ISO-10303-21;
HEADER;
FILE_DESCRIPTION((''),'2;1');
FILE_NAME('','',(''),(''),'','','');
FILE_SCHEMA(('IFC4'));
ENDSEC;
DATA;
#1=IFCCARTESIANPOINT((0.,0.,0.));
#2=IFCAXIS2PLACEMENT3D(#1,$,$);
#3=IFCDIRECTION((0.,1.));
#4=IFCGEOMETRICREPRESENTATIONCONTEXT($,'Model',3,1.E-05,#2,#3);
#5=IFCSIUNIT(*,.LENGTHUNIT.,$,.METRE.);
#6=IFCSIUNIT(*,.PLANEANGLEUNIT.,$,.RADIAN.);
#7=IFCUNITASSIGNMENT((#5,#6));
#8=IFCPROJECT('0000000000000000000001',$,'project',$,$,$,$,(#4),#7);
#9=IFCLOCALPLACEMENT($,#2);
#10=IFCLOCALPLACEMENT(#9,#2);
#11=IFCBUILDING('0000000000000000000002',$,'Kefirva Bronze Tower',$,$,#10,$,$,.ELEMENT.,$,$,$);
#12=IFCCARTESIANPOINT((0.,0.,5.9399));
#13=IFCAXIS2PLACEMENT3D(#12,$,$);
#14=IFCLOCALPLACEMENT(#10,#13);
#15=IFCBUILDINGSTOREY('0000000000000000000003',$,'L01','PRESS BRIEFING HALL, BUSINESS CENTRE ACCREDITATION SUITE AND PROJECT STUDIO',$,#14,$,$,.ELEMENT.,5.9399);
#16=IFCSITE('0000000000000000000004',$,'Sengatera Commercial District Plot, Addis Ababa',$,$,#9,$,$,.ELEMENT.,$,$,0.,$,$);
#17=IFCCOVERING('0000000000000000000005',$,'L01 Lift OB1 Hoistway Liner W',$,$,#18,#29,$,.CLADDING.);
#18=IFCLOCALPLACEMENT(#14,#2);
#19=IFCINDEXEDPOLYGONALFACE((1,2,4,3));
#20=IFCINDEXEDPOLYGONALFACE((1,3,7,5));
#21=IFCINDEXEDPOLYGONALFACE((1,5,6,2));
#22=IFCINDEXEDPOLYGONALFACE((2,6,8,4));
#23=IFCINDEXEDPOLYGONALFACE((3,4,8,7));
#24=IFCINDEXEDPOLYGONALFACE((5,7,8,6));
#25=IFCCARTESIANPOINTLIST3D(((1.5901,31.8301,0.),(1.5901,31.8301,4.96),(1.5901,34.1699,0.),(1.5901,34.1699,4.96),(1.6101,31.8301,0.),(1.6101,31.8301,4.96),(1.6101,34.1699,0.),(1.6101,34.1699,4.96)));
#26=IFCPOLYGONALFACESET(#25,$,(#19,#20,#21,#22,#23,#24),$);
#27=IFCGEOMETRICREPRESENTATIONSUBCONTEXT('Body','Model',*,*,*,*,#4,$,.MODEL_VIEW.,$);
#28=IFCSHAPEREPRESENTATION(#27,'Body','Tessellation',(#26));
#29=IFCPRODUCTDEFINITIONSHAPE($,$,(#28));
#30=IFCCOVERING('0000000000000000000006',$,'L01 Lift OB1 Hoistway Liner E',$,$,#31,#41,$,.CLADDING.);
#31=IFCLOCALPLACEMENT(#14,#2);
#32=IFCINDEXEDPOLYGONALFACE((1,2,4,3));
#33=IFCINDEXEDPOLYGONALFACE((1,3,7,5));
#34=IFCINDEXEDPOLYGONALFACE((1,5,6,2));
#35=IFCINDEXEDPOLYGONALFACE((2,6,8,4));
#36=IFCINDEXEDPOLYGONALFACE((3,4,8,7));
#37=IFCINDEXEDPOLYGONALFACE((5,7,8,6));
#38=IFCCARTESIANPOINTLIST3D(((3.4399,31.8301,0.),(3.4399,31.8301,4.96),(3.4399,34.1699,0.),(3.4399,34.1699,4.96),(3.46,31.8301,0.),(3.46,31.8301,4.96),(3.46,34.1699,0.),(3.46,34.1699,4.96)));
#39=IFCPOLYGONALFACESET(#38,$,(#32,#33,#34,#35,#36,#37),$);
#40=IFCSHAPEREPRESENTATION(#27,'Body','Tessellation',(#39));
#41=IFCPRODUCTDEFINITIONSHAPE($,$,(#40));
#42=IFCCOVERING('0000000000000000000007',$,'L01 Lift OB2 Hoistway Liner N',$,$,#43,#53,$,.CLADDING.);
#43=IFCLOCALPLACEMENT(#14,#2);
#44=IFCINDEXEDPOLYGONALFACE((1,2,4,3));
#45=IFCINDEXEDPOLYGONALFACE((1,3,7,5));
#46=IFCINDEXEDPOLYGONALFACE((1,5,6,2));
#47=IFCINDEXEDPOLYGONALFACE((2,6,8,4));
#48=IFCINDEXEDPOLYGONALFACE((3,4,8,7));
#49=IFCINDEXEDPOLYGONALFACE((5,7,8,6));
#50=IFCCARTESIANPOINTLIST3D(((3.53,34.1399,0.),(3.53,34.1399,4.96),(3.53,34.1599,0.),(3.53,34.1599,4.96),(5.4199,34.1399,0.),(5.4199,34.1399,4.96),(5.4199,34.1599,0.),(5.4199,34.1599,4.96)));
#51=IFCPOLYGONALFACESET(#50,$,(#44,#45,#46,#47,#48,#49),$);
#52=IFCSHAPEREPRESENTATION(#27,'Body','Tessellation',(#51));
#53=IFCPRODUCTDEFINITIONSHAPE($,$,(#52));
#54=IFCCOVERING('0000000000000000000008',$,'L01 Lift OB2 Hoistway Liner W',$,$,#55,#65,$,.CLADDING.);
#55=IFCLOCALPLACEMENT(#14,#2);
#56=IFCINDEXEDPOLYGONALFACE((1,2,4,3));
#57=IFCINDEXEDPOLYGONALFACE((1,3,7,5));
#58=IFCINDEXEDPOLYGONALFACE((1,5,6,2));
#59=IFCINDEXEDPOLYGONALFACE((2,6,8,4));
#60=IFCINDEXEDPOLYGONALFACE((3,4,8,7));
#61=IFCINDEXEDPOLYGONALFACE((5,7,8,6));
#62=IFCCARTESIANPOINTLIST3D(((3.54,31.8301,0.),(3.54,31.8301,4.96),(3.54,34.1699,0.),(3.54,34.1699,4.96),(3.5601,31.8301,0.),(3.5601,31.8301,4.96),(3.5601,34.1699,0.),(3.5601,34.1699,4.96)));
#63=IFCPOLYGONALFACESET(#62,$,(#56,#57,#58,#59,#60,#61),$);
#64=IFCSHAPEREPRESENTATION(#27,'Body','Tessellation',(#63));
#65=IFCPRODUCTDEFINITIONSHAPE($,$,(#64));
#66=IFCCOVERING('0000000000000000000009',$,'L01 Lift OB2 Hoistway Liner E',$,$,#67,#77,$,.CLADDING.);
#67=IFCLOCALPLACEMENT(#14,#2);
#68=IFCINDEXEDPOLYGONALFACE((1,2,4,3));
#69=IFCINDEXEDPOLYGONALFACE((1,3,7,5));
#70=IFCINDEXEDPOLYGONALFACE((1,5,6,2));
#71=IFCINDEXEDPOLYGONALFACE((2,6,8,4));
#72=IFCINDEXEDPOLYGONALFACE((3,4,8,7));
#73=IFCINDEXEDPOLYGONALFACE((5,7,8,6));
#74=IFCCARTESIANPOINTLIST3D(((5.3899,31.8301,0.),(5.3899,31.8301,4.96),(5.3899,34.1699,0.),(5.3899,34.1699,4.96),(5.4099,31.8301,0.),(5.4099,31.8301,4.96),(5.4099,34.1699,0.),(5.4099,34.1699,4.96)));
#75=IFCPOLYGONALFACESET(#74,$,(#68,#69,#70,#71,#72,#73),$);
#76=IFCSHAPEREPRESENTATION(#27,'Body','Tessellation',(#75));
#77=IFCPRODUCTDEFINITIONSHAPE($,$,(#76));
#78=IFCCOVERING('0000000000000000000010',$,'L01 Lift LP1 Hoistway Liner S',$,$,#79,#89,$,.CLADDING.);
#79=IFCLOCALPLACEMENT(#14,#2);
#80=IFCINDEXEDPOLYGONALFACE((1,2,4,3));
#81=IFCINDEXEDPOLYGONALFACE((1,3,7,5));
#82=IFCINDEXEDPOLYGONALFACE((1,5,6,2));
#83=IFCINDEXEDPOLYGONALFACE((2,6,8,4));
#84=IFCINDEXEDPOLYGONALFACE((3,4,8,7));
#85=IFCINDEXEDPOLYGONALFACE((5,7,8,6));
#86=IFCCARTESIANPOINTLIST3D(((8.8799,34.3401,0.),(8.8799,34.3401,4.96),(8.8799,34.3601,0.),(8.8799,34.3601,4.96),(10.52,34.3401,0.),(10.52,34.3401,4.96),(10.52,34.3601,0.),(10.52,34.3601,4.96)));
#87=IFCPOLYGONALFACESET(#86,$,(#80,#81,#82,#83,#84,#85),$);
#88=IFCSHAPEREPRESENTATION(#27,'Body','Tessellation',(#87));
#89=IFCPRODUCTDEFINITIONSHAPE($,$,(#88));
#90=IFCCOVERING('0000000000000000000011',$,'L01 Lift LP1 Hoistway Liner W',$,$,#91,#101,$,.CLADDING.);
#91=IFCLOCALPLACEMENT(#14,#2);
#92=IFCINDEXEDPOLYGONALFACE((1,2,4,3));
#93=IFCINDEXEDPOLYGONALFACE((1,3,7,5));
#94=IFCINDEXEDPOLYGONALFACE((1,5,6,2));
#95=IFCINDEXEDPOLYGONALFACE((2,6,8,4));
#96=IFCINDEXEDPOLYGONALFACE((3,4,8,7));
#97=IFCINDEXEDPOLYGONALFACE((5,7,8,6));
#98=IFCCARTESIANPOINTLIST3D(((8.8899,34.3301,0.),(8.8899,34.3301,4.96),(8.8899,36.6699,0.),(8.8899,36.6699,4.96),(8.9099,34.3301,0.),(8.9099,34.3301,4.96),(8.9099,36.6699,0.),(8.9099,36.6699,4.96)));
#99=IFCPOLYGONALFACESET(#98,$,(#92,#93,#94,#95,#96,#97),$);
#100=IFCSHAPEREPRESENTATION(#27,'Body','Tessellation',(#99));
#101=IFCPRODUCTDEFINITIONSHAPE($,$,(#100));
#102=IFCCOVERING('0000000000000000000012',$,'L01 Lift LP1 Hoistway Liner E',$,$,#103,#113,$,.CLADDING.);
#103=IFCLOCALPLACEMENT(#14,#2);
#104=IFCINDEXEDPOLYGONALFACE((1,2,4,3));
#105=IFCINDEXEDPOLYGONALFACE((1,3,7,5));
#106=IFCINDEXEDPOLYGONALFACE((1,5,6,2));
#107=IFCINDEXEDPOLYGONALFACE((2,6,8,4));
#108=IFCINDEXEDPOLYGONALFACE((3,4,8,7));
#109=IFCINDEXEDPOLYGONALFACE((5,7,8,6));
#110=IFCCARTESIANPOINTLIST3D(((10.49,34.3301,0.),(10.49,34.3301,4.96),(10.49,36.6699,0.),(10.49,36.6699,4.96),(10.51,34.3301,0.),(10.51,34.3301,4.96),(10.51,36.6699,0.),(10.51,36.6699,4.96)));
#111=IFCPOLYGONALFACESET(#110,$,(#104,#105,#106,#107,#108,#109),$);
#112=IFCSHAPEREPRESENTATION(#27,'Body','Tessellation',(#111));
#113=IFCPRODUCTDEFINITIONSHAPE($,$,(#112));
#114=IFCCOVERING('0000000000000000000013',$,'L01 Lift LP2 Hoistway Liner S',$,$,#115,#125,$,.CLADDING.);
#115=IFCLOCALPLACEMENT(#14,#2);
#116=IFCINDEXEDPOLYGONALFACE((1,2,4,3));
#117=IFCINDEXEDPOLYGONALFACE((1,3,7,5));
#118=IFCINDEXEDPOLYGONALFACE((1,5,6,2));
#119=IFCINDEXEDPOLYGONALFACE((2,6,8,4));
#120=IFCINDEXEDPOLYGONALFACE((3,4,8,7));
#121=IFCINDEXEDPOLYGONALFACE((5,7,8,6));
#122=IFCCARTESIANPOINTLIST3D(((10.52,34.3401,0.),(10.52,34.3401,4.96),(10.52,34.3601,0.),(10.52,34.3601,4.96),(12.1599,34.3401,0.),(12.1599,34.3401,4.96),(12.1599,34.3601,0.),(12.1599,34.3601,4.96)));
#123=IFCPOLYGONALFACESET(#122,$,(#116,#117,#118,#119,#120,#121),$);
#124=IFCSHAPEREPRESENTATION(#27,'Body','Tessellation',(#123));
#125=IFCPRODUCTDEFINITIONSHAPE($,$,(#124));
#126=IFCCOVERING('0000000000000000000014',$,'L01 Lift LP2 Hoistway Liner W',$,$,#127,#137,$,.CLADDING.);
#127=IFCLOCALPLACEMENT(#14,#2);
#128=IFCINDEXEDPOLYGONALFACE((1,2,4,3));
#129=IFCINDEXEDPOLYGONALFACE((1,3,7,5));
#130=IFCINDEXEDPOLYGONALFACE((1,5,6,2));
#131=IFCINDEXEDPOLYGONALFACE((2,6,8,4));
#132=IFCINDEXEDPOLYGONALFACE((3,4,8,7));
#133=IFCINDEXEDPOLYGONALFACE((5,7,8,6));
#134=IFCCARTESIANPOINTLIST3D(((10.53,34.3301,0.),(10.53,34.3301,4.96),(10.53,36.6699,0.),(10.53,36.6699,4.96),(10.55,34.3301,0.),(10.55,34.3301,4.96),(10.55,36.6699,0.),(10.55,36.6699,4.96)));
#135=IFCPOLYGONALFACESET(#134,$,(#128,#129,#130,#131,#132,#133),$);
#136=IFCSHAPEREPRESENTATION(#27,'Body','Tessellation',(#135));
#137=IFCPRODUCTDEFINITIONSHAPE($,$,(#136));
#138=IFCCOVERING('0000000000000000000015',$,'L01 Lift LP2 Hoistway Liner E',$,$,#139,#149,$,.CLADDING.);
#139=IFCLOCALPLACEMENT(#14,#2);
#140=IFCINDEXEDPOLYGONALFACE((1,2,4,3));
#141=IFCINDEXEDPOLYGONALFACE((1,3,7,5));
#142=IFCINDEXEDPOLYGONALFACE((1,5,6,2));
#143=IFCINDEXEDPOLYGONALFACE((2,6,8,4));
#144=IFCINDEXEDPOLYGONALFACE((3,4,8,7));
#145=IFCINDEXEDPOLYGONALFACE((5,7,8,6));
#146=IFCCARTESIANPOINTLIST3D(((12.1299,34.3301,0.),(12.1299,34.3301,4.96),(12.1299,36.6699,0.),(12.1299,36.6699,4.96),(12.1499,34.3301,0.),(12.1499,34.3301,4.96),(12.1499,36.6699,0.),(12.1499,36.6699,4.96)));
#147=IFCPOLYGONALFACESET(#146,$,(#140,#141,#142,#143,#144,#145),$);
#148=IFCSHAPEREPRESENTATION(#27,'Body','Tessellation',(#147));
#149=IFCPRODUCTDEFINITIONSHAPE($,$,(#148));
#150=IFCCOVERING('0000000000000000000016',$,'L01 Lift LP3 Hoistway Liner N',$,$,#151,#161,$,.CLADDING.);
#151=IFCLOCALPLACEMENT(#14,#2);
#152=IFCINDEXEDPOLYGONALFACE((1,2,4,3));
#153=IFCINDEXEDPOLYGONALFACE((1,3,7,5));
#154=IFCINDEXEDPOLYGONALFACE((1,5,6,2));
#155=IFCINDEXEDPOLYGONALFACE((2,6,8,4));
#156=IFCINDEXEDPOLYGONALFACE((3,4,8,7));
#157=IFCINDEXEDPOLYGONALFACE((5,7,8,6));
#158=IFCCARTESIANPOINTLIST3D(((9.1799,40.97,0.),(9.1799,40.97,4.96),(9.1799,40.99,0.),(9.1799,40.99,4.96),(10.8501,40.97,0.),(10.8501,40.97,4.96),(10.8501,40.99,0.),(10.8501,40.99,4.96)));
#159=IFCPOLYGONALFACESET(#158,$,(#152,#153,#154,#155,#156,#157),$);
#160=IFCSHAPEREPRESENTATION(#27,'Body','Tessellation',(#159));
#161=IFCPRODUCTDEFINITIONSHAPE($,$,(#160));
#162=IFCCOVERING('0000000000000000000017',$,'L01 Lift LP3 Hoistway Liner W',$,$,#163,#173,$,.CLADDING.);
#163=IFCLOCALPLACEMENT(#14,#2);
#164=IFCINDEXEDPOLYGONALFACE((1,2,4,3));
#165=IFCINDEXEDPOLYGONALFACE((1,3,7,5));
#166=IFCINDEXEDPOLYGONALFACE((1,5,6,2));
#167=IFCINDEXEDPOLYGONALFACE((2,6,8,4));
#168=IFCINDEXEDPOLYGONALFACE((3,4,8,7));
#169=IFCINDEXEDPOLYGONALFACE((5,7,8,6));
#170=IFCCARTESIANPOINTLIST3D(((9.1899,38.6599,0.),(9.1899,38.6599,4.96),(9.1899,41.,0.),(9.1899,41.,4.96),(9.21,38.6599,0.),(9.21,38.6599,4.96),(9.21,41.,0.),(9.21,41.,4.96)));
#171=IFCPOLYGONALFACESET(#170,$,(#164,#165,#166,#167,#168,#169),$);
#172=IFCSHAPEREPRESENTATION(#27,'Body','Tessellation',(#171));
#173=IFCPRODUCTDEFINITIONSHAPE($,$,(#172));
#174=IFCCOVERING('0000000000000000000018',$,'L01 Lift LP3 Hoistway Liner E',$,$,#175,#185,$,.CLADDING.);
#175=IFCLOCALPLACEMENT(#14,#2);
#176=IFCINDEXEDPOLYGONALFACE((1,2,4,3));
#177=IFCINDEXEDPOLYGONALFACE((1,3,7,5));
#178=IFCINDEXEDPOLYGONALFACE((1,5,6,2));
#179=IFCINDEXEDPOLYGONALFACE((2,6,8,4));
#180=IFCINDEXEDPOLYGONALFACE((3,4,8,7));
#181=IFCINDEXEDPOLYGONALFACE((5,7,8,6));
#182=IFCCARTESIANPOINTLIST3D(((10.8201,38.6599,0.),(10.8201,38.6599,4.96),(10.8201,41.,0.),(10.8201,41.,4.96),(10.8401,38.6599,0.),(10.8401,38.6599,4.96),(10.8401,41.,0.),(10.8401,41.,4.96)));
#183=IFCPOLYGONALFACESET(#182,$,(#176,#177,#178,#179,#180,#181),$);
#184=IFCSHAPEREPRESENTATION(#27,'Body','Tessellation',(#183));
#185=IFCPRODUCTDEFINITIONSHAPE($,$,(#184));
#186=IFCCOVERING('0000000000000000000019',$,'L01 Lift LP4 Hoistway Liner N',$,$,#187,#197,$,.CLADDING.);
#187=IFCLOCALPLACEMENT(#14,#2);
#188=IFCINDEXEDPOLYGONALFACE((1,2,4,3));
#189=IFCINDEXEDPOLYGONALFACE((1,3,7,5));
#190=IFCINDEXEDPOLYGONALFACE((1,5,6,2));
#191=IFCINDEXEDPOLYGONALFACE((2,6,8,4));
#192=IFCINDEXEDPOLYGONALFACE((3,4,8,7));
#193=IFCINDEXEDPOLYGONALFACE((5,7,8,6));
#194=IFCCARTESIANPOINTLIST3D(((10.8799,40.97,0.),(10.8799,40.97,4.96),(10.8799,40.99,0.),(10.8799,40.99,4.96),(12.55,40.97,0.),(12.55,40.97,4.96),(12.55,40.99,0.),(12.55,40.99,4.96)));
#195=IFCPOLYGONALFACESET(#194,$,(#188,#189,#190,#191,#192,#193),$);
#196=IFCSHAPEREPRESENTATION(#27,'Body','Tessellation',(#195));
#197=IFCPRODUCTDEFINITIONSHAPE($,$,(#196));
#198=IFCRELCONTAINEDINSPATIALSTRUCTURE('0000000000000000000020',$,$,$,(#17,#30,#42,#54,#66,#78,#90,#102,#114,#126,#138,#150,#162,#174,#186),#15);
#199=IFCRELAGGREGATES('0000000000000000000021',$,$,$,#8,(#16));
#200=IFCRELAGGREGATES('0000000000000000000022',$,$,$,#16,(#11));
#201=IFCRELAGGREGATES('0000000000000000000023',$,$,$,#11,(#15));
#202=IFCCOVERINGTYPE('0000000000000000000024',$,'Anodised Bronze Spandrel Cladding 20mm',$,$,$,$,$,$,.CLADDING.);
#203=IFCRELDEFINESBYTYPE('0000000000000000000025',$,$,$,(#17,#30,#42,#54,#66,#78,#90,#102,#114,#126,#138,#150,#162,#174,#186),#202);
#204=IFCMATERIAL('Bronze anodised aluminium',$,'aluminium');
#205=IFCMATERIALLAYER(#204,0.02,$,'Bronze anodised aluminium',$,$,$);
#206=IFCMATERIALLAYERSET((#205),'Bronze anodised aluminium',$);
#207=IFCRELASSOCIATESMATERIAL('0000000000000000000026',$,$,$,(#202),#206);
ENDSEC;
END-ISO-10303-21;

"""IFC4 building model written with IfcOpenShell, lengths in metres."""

from ifc_helpers import new_model, si_unit, direction, frame, origin, place, context, subcontext, project, spatial, polyline, outline, extrude, material, layer, layer_set, type_object, element, save


model = new_model("IFC4")

# Units and contexts
model_context = context("Model", 3, precision=1e-05, world=origin(), true_north=direction((0.0, 1.0)))
body_context = subcontext(model_context, "Body", "Model", "MODEL_VIEW")
ifc_project = project(units=[si_unit("LENGTHUNIT", "METRE"), si_unit("PLANEANGLEUNIT", "RADIAN")], contexts=[model_context])

# Site, building, storey
site_placement = place(None, origin())
site = spatial("IfcSite", under=ifc_project, at=site_placement, Name="Sengatera Commercial District Plot, Addis Ababa", CompositionType="ELEMENT", RefElevation=0.0)
building_placement = place(site_placement, origin())
building = spatial("IfcBuilding", under=site, at=building_placement, Name="Kefirva Bronze Tower", CompositionType="ELEMENT")
storey_placement = place(building_placement, frame((0.0, 0.0, 5.9399)))
storey = spatial("IfcBuildingStorey", under=building, at=storey_placement, Name="L01", Description="PRESS BRIEFING HALL, BUSINESS CENTRE ACCREDITATION SUITE AND PROJECT STUDIO", CompositionType="ELEMENT", Elevation=5.9399)

# Coverings
ifc_material_1 = material(Name="Bronze anodised aluminium", Category="aluminium")
ifc_layer_1 = layer(ifc_material_1, 0.02, Name="Bronze anodised aluminium")
ifc_layer_set_1 = layer_set([ifc_layer_1], Name="Bronze anodised aluminium")
covering_type_1 = type_object("IfcCoveringType", Name="Anodised Bronze Spandrel Cladding 20mm", PredefinedType="CLADDING", material=ifc_layer_set_1)
covering_1_placement = place(storey_placement, origin())
element("IfcCovering", 1, at=covering_1_placement, inside=storey, type_object=covering_type_1, Name="L01 Lift OB1 Hoistway Liner W", PredefinedType="CLADDING", context=body_context, shape_type="SweptSolid", body=[
    extrude(outline(polyline([(1.5901, 31.8301), (1.6101, 31.8301), (1.6101, 34.1699), (1.5901, 34.1699), (1.5901, 31.8301)])), origin(), (0.0, 0.0, 1.0), 4.96),
])
covering_2_placement = place(storey_placement, origin())
element("IfcCovering", 2, at=covering_2_placement, inside=storey, type_object=covering_type_1, Name="L01 Lift OB1 Hoistway Liner E", PredefinedType="CLADDING", context=body_context, shape_type="SweptSolid", body=[
    extrude(outline(polyline([(3.4399, 31.8301), (3.46, 31.8301), (3.46, 34.1699), (3.4399, 34.1699), (3.4399, 31.8301)])), origin(), (0.0, 0.0, 1.0), 4.96),
])
covering_3_placement = place(storey_placement, origin())
element("IfcCovering", 3, at=covering_3_placement, inside=storey, type_object=covering_type_1, Name="L01 Lift OB2 Hoistway Liner N", PredefinedType="CLADDING", context=body_context, shape_type="SweptSolid", body=[
    extrude(outline(polyline([(3.53, 34.1399), (5.4199, 34.1399), (5.4199, 34.1599), (3.53, 34.1599), (3.53, 34.1399)])), origin(), (0.0, 0.0, 1.0), 4.96),
])
covering_4_placement = place(storey_placement, origin())
element("IfcCovering", 4, at=covering_4_placement, inside=storey, type_object=covering_type_1, Name="L01 Lift OB2 Hoistway Liner W", PredefinedType="CLADDING", context=body_context, shape_type="SweptSolid", body=[
    extrude(outline(polyline([(3.54, 31.8301), (3.5601, 31.8301), (3.5601, 34.1699), (3.54, 34.1699), (3.54, 31.8301)])), origin(), (0.0, 0.0, 1.0), 4.96),
])
covering_5_placement = place(storey_placement, origin())
element("IfcCovering", 5, at=covering_5_placement, inside=storey, type_object=covering_type_1, Name="L01 Lift OB2 Hoistway Liner E", PredefinedType="CLADDING", context=body_context, shape_type="SweptSolid", body=[
    extrude(outline(polyline([(5.3899, 31.8301), (5.4099, 31.8301), (5.4099, 34.1699), (5.3899, 34.1699), (5.3899, 31.8301)])), origin(), (0.0, 0.0, 1.0), 4.96),
])
covering_6_placement = place(storey_placement, origin())
element("IfcCovering", 6, at=covering_6_placement, inside=storey, type_object=covering_type_1, Name="L01 Lift LP1 Hoistway Liner S", PredefinedType="CLADDING", context=body_context, shape_type="SweptSolid", body=[
    extrude(outline(polyline([(8.8799, 34.3401), (10.52, 34.3401), (10.52, 34.3601), (8.8799, 34.3601), (8.8799, 34.3401)])), origin(), (0.0, 0.0, 1.0), 4.96),
])
covering_7_placement = place(storey_placement, origin())
element("IfcCovering", 7, at=covering_7_placement, inside=storey, type_object=covering_type_1, Name="L01 Lift LP1 Hoistway Liner W", PredefinedType="CLADDING", context=body_context, shape_type="SweptSolid", body=[
    extrude(outline(polyline([(8.8899, 34.3301), (8.9099, 34.3301), (8.9099, 36.6699), (8.8899, 36.6699), (8.8899, 34.3301)])), origin(), (0.0, 0.0, 1.0), 4.96),
])
covering_8_placement = place(storey_placement, origin())
element("IfcCovering", 8, at=covering_8_placement, inside=storey, type_object=covering_type_1, Name="L01 Lift LP1 Hoistway Liner E", PredefinedType="CLADDING", context=body_context, shape_type="SweptSolid", body=[
    extrude(outline(polyline([(10.49, 34.3301), (10.51, 34.3301), (10.51, 36.6699), (10.49, 36.6699), (10.49, 34.3301)])), origin(), (0.0, 0.0, 1.0), 4.96),
])
covering_9_placement = place(storey_placement, origin())
element("IfcCovering", 9, at=covering_9_placement, inside=storey, type_object=covering_type_1, Name="L01 Lift LP2 Hoistway Liner S", PredefinedType="CLADDING", context=body_context, shape_type="SweptSolid", body=[
    extrude(outline(polyline([(10.52, 34.3401), (12.1599, 34.3401), (12.1599, 34.3601), (10.52, 34.3601), (10.52, 34.3401)])), origin(), (0.0, 0.0, 1.0), 4.96),
])
covering_10_placement = place(storey_placement, origin())
element("IfcCovering", 10, at=covering_10_placement, inside=storey, type_object=covering_type_1, Name="L01 Lift LP2 Hoistway Liner W", PredefinedType="CLADDING", context=body_context, shape_type="SweptSolid", body=[
    extrude(outline(polyline([(10.53, 34.3301), (10.55, 34.3301), (10.55, 36.6699), (10.53, 36.6699), (10.53, 34.3301)])), origin(), (0.0, 0.0, 1.0), 4.96),
])
covering_11_placement = place(storey_placement, origin())
element("IfcCovering", 11, at=covering_11_placement, inside=storey, type_object=covering_type_1, Name="L01 Lift LP2 Hoistway Liner E", PredefinedType="CLADDING", context=body_context, shape_type="SweptSolid", body=[
    extrude(outline(polyline([(12.1299, 34.3301), (12.1499, 34.3301), (12.1499, 36.6699), (12.1299, 36.6699), (12.1299, 34.3301)])), origin(), (0.0, 0.0, 1.0), 4.96),
])
covering_12_placement = place(storey_placement, origin())
element("IfcCovering", 12, at=covering_12_placement, inside=storey, type_object=covering_type_1, Name="L01 Lift LP3 Hoistway Liner N", PredefinedType="CLADDING", context=body_context, shape_type="SweptSolid", body=[
    extrude(outline(polyline([(9.1799, 40.97), (10.8501, 40.97), (10.8501, 40.99), (9.1799, 40.99), (9.1799, 40.97)])), origin(), (0.0, 0.0, 1.0), 4.96),
])
covering_13_placement = place(storey_placement, origin())
element("IfcCovering", 13, at=covering_13_placement, inside=storey, type_object=covering_type_1, Name="L01 Lift LP3 Hoistway Liner W", PredefinedType="CLADDING", context=body_context, shape_type="SweptSolid", body=[
    extrude(outline(polyline([(9.1899, 38.6599), (9.21, 38.6599), (9.21, 41.0), (9.1899, 41.0), (9.1899, 38.6599)])), origin(), (0.0, 0.0, 1.0), 4.96),
])
covering_14_placement = place(storey_placement, origin())
element("IfcCovering", 14, at=covering_14_placement, inside=storey, type_object=covering_type_1, Name="L01 Lift LP3 Hoistway Liner E", PredefinedType="CLADDING", context=body_context, shape_type="SweptSolid", body=[
    extrude(outline(polyline([(10.8201, 38.6599), (10.8401, 38.6599), (10.8401, 41.0), (10.8201, 41.0), (10.8201, 38.6599)])), origin(), (0.0, 0.0, 1.0), 4.96),
])
covering_15_placement = place(storey_placement, origin())
element("IfcCovering", 15, at=covering_15_placement, inside=storey, type_object=covering_type_1, Name="L01 Lift LP4 Hoistway Liner N", PredefinedType="CLADDING", context=body_context, shape_type="SweptSolid", body=[
    extrude(outline(polyline([(10.8799, 40.97), (12.55, 40.97), (12.55, 40.99), (10.8799, 40.99), (10.8799, 40.97)])), origin(), (0.0, 0.0, 1.0), 4.96),
])

save(model, "model.ifc")
